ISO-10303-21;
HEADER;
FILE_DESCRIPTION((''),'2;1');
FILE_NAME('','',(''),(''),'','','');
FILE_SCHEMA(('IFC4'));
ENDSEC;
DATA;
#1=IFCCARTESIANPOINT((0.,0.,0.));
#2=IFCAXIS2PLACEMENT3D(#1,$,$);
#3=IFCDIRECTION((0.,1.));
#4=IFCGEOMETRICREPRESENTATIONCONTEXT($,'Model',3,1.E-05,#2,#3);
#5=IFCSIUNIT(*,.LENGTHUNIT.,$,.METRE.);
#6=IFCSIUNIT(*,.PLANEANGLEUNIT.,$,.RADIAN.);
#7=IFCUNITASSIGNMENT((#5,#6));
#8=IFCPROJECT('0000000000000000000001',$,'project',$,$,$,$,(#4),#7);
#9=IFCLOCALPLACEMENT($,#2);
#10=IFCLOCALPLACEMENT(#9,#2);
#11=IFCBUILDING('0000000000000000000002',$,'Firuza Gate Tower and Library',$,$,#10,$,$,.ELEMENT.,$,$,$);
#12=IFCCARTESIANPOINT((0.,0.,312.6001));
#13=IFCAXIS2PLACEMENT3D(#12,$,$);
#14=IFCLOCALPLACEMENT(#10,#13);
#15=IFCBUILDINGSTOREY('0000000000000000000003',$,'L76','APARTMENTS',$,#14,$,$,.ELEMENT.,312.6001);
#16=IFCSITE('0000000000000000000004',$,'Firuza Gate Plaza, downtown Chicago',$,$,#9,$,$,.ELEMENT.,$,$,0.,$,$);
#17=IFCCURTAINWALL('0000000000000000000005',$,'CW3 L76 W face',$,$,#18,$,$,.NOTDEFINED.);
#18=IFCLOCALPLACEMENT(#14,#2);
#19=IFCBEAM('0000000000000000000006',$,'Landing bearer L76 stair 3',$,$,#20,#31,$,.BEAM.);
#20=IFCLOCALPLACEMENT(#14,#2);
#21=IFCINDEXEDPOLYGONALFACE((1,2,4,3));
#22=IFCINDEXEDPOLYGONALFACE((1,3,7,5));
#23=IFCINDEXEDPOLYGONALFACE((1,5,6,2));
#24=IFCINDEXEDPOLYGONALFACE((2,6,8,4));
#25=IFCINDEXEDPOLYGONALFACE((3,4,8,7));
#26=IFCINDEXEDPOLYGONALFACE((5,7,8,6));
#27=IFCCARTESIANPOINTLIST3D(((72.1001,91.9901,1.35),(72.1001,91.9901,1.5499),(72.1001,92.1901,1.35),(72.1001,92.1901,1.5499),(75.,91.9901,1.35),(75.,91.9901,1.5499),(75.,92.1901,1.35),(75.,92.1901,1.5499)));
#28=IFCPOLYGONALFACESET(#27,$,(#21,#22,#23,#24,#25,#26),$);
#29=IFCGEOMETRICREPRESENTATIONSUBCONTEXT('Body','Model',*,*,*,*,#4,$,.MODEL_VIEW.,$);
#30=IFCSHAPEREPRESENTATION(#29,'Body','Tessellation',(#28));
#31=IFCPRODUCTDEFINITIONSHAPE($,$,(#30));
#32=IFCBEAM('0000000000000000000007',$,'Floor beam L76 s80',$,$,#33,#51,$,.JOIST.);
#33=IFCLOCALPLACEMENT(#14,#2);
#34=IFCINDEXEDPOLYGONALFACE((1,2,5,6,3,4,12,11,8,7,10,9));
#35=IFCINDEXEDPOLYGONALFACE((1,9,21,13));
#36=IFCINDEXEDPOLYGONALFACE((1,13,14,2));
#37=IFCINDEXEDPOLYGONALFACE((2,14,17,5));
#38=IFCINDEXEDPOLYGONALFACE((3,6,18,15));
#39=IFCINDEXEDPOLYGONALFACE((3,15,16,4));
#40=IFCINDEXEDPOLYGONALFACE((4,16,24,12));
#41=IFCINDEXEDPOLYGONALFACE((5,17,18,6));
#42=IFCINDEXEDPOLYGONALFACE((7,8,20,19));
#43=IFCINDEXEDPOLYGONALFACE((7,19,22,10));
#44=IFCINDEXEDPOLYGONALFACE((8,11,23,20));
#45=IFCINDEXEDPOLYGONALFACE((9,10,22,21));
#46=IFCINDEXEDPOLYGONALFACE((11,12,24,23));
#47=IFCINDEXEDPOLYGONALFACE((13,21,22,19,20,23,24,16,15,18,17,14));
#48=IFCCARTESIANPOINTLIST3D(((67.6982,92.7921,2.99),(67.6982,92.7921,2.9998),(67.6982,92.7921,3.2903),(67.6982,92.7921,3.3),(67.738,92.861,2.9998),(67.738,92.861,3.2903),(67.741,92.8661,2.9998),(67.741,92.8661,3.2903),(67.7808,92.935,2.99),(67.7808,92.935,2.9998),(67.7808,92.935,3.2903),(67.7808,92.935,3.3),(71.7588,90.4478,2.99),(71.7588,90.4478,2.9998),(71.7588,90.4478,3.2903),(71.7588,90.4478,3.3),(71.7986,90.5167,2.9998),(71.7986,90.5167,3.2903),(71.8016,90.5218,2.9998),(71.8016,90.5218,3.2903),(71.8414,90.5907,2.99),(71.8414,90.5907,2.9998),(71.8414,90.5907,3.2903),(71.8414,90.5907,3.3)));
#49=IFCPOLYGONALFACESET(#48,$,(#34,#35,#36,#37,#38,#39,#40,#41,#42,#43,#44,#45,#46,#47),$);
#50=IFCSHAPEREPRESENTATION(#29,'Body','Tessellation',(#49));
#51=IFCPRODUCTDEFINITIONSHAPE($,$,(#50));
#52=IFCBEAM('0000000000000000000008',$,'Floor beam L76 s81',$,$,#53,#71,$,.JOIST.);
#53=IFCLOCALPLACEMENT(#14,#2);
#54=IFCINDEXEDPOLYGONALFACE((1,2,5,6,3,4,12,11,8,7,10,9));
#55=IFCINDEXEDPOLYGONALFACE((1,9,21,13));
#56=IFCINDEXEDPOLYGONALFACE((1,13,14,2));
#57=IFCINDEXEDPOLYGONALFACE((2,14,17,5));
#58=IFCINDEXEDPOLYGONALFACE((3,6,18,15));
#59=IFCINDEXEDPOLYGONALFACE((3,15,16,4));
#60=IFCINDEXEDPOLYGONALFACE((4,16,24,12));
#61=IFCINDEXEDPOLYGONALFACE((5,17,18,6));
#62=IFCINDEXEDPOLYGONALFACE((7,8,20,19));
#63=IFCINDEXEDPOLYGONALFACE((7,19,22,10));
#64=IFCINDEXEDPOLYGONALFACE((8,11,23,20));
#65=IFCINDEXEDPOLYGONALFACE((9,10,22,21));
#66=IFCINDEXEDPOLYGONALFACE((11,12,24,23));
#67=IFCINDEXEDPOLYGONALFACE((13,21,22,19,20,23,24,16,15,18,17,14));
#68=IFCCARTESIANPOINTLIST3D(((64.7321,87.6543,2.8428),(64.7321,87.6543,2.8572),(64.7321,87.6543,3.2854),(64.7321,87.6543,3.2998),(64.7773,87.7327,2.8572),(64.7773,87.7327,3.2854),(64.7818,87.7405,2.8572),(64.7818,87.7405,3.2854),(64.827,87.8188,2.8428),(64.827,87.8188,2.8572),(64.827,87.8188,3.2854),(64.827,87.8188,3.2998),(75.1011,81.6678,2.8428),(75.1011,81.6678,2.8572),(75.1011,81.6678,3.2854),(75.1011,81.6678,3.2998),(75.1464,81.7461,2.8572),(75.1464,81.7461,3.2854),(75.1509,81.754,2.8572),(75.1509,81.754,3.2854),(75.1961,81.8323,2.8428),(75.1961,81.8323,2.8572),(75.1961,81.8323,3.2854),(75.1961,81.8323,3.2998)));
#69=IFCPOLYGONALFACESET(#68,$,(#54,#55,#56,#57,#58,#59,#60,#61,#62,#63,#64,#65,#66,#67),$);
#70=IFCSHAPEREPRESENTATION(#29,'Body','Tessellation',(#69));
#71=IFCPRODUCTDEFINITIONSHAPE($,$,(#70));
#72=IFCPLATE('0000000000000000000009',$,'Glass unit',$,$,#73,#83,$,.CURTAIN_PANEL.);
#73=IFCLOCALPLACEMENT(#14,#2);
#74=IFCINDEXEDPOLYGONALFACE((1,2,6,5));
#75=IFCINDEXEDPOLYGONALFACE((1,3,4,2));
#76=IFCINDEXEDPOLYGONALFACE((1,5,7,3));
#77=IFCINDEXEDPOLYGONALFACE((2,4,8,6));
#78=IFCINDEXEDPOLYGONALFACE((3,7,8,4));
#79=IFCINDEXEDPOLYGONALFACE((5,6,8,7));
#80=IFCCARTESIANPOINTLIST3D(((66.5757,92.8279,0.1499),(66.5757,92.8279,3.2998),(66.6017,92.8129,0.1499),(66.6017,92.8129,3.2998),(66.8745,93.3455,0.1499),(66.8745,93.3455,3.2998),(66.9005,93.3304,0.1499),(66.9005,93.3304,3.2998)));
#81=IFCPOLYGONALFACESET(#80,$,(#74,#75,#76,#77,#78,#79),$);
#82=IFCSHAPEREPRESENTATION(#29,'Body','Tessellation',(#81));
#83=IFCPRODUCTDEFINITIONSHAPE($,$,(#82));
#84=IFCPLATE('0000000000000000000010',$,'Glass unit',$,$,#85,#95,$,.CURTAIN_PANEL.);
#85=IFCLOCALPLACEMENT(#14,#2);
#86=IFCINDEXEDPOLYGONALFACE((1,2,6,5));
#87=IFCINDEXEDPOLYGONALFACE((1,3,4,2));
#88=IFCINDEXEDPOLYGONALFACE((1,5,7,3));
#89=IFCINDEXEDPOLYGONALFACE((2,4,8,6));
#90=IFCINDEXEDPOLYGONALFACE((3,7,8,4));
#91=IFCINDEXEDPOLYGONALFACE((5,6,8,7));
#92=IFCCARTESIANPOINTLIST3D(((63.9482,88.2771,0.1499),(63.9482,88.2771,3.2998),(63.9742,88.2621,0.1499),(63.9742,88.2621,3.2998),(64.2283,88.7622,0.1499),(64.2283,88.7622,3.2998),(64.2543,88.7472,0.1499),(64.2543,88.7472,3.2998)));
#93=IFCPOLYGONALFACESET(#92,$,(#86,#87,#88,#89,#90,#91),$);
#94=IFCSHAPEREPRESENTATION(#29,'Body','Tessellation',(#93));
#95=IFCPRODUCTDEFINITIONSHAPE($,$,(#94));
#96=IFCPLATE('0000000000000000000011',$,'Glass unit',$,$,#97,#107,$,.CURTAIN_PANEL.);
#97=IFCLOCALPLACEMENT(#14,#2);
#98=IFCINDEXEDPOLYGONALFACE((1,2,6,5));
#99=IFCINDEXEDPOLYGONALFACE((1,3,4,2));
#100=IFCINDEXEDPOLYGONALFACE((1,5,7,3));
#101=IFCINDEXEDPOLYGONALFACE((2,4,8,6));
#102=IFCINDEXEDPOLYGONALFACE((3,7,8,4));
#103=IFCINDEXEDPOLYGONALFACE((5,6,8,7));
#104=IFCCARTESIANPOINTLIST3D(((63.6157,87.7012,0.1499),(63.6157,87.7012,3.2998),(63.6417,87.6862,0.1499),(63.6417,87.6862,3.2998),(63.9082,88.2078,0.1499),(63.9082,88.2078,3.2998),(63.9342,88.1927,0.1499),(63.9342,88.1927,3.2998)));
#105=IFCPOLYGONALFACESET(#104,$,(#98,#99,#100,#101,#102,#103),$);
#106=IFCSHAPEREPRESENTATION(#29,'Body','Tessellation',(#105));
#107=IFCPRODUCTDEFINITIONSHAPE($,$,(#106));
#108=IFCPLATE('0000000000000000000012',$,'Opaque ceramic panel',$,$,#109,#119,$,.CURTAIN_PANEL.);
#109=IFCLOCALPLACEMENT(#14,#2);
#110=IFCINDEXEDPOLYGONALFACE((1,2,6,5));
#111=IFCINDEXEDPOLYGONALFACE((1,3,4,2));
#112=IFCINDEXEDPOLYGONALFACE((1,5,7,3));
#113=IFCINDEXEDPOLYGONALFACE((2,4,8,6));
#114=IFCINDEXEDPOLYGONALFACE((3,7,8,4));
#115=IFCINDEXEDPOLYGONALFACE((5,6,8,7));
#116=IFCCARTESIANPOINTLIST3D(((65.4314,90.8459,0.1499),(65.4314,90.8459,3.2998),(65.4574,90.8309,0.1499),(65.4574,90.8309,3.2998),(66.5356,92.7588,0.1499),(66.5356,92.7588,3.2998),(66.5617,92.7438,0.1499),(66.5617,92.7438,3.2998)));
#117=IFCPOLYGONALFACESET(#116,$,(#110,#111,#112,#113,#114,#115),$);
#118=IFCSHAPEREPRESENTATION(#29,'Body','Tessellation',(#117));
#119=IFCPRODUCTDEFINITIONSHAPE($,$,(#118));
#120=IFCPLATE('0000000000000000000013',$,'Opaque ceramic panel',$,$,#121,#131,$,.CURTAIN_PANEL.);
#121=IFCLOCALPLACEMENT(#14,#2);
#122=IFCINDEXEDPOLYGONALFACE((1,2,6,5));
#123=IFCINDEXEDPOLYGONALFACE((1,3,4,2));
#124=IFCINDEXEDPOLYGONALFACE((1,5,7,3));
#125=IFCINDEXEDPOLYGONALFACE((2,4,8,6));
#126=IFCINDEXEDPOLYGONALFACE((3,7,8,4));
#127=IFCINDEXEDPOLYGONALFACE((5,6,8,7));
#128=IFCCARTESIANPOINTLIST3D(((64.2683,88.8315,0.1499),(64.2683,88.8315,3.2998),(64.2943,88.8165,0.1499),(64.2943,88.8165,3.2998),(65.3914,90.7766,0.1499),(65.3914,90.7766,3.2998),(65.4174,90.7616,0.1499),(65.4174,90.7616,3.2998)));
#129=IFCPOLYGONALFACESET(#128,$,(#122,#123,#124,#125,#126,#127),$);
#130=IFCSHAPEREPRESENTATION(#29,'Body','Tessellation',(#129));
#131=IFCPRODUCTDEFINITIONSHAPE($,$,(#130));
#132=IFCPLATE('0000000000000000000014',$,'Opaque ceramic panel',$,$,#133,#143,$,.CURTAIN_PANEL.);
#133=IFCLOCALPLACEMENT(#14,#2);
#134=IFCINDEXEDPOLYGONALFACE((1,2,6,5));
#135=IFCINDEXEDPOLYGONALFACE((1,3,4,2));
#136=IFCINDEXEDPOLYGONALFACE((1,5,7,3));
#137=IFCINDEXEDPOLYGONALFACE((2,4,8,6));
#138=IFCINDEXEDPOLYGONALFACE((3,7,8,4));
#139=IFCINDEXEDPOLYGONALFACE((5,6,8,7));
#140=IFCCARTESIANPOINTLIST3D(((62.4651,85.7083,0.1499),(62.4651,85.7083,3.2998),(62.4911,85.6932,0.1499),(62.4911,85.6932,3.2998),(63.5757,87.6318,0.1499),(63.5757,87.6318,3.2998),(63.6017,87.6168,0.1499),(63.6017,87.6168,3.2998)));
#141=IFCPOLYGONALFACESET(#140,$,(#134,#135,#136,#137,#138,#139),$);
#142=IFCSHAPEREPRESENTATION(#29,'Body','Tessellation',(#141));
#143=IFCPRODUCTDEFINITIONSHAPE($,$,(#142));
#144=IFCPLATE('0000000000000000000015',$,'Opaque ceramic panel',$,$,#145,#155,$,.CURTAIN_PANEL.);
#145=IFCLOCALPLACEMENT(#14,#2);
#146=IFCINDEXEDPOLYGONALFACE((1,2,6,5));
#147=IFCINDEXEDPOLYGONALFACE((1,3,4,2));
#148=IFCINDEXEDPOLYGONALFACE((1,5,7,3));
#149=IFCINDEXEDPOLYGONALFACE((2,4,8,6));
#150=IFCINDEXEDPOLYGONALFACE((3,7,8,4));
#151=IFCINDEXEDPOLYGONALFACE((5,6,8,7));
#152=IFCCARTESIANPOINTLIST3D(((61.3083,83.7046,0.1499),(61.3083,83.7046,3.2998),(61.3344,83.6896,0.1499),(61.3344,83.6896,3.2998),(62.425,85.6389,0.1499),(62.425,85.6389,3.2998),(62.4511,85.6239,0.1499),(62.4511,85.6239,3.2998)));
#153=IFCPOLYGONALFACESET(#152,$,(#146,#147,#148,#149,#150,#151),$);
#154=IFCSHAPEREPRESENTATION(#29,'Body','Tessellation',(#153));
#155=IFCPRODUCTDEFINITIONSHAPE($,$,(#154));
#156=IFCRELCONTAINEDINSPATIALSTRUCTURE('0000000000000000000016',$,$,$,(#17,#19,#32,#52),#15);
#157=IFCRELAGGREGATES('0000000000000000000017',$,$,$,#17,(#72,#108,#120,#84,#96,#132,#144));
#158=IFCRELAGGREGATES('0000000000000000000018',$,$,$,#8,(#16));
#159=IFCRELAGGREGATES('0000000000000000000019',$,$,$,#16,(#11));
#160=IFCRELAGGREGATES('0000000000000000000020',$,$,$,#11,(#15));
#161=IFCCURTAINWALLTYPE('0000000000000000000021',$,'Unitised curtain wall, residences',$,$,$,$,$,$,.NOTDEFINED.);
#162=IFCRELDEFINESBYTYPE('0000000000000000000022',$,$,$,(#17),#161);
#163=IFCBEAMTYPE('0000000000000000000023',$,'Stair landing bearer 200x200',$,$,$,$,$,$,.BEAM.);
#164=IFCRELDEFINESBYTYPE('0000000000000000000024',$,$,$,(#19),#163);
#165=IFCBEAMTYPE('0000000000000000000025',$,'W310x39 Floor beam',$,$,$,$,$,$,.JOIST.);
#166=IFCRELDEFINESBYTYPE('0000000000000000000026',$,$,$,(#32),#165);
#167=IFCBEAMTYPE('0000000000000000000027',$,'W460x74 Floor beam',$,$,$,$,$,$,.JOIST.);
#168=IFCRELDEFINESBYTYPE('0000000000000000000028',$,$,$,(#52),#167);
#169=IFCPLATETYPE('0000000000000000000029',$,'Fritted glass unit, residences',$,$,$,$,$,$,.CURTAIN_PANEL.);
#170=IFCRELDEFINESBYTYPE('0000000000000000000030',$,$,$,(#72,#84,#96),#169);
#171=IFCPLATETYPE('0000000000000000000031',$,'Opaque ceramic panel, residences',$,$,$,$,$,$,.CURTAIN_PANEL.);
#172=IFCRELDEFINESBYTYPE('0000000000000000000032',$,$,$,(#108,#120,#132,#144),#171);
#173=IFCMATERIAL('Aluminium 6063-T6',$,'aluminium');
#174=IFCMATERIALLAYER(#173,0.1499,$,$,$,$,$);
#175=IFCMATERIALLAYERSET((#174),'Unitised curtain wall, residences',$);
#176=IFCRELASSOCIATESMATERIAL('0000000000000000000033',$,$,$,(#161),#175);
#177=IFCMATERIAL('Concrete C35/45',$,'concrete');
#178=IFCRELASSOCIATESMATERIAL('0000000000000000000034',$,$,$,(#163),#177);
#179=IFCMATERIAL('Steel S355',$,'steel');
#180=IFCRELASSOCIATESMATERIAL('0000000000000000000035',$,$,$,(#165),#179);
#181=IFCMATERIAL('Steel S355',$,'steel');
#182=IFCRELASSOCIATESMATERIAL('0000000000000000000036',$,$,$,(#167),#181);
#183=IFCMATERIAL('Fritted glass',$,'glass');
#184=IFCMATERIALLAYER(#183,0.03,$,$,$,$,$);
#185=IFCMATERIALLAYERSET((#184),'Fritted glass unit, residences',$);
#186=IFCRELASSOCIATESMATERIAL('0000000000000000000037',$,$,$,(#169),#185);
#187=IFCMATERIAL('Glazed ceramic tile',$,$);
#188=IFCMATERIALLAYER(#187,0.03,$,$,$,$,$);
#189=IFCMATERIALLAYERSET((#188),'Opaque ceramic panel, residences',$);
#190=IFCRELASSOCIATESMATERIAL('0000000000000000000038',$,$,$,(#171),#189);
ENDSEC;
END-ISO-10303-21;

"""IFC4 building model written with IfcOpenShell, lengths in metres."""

from ifc_helpers import new_model, si_unit, direction, frame, origin, origin_2d, place, context, subcontext, project, spatial, polyline, rectangle, i_section, outline, extrude, material, layer, layer_set, material_profile, profile_set, type_object, element, aggregate, save


model = new_model("IFC4")

# Units and contexts
model_context = context("Model", 3, precision=1e-05, world=origin(), true_north=direction((0.0, 1.0)))
body_context = subcontext(model_context, "Body", "Model", "MODEL_VIEW")
ifc_project = project(units=[si_unit("LENGTHUNIT", "METRE"), si_unit("PLANEANGLEUNIT", "RADIAN")], contexts=[model_context])

# Site, building, storey
site_placement = place(None, origin())
site = spatial("IfcSite", under=ifc_project, at=site_placement, Name="Firuza Gate Plaza, downtown Chicago", CompositionType="ELEMENT", RefElevation=0.0)
building_placement = place(site_placement, origin())
building = spatial("IfcBuilding", under=site, at=building_placement, Name="Firuza Gate Tower and Library", CompositionType="ELEMENT")
storey_placement = place(building_placement, frame((0.0, 0.0, 312.6001)))
storey = spatial("IfcBuildingStorey", under=building, at=storey_placement, Name="L76", Description="APARTMENTS", CompositionType="ELEMENT", Elevation=312.6001)

# Curtain wall
ifc_material_1 = material(Name="Aluminium 6063-T6", Category="aluminium")
ifc_layer_1 = layer(ifc_material_1, 0.1499)
ifc_layer_set_1 = layer_set([ifc_layer_1], Name="Unitised curtain wall, residences")
curtain_wall_type = type_object("IfcCurtainWallType", Name="Unitised curtain wall, residences", PredefinedType="NOTDEFINED", material=ifc_layer_set_1)
placement = place(storey_placement, origin())
curtain_wall = element("IfcCurtainWall", 1, at=placement, inside=storey, type_object=curtain_wall_type, Name="CW3 L76 W face", PredefinedType="NOTDEFINED")

# Beams
ifc_material_2 = material(Name="Concrete C35/45", Category="concrete")
ifc_material_profile_1 = material_profile(ifc_material_2, rectangle(XDim=0.2, YDim=0.2, at=origin_2d()))
ifc_profile_set_1 = profile_set([ifc_material_profile_1], Name="Concrete C35/45")
beam_type_1 = type_object("IfcBeamType", Name="Stair landing bearer 200x200", PredefinedType="BEAM", material=ifc_profile_set_1)
beam_1_placement = place(storey_placement, frame((75.0, 92.0901, 1.45), z_axis=(-1.0, 0.0, 0.0), x_axis=(0.0, -1.0, 0.0)))
element("IfcBeam", 2, at=beam_1_placement, inside=storey, type_object=beam_type_1, Name="Landing bearer L76 stair 3", PredefinedType="BEAM", context=body_context, shape_type="SweptSolid", body=[
    extrude(rectangle(XDim=0.2, YDim=0.2, at=origin_2d()), origin(), (0.0, 0.0, 1.0), 2.8999),
])
ifc_material_3 = material(Name="Steel S355", Category="steel")
ifc_material_profile_2 = material_profile(ifc_material_3, i_section(OverallWidth=0.165, OverallDepth=0.3101, WebThickness=0.0059, FlangeThickness=0.0098, at=origin_2d()))
ifc_profile_set_2 = profile_set([ifc_material_profile_2], Name="Steel S355")
beam_type_2 = type_object("IfcBeamType", Name="W310x39 Floor beam", PredefinedType="JOIST", material=ifc_profile_set_2)
beam_2_placement = place(storey_placement, frame((67.7395, 92.8635, 3.145), z_axis=(0.866036, -0.499981, 0.0), x_axis=(0.499981, 0.866036, 0.0)))
element("IfcBeam", 3, at=beam_2_placement, inside=storey, type_object=beam_type_2, Name="Floor beam L76 s80", PredefinedType="JOIST", context=body_context, shape_type="SweptSolid", body=[
    extrude(i_section(OverallWidth=0.165, OverallDepth=0.3101, WebThickness=0.0059, FlangeThickness=0.0098, at=origin_2d()), origin(), (0.0, 0.0, 1.0), 4.6887),
])
ifc_material_4 = material(Name="Steel S355", Category="steel")
ifc_material_profile_3 = material_profile(ifc_material_4, i_section(OverallWidth=0.1899, OverallDepth=0.457, WebThickness=0.009, FlangeThickness=0.0144, at=origin_2d()))
ifc_profile_set_3 = profile_set([ifc_material_profile_3], Name="Steel S355")
beam_type_3 = type_object("IfcBeamType", Name="W460x74 Floor beam", PredefinedType="JOIST", material=ifc_profile_set_3)
beam_3_placement = place(storey_placement, frame((64.7795, 87.7366, 3.0713), z_axis=(0.866027, -0.499997, 0.0), x_axis=(0.499997, 0.866027, 0.0)))
element("IfcBeam", 4, at=beam_3_placement, inside=storey, type_object=beam_type_3, Name="Floor beam L76 s81", PredefinedType="JOIST", context=body_context, shape_type="SweptSolid", body=[
    extrude(i_section(OverallWidth=0.1899, OverallDepth=0.457, WebThickness=0.009, FlangeThickness=0.0144, at=origin_2d()), origin(), (0.0, 0.0, 1.0), 11.9731),
])

# Plates
ifc_material_5 = material(Name="Fritted glass", Category="glass")
ifc_layer_2 = layer(ifc_material_5, 0.03)
ifc_layer_set_2 = layer_set([ifc_layer_2], Name="Fritted glass unit, residences")
plate_type_1 = type_object("IfcPlateType", Name="Fritted glass unit, residences", PredefinedType="CURTAIN_PANEL", material=ifc_layer_set_2)
plate_1_placement = place(storey_placement, frame((66.8745, 93.3455, 0.1499), z_axis=(-0.866022, 0.500005, 0.0), x_axis=(-0.500005, -0.866022, 0.0)))
plate_1 = element("IfcPlate", 5, at=plate_1_placement, type_object=plate_type_1, Name="Glass unit", PredefinedType="CURTAIN_PANEL", context=body_context, shape_type="SweptSolid", body=[
    extrude(outline(polyline([(0.0, 0.0), (0.5976, 0.0), (0.5976, 3.1499), (0.0, 3.1499), (0.0, 0.0)])), origin(), (0.0, 0.0, -1.0), 0.03),
])
plate_2_placement = place(storey_placement, frame((64.2283, 88.7622, 0.1499), z_axis=(-0.866062, 0.499936, 0.0), x_axis=(-0.499936, -0.866062, 0.0)))
plate_2 = element("IfcPlate", 6, at=plate_2_placement, type_object=plate_type_1, Name="Glass unit", PredefinedType="CURTAIN_PANEL", context=body_context, shape_type="SweptSolid", body=[
    extrude(outline(polyline([(0.0, 0.0), (0.5601, 0.0), (0.5601, 3.1499), (0.0, 3.1499), (0.0, 0.0)])), origin(), (0.0, 0.0, -1.0), 0.03),
])
plate_3_placement = place(storey_placement, frame((63.9082, 88.2078, 0.1499), z_axis=(-0.866026, 0.499999, 0.0), x_axis=(-0.499999, -0.866026, 0.0)))
plate_3 = element("IfcPlate", 7, at=plate_3_placement, type_object=plate_type_1, Name="Glass unit", PredefinedType="CURTAIN_PANEL", context=body_context, shape_type="SweptSolid", body=[
    extrude(outline(polyline([(0.0, 0.0), (0.585, 0.0), (0.585, 3.1499), (0.0, 3.1499), (0.0, 0.0)])), origin(), (0.0, 0.0, -1.0), 0.03),
])
ifc_material_6 = material(Name="Glazed ceramic tile")
ifc_layer_3 = layer(ifc_material_6, 0.03)
ifc_layer_set_3 = layer_set([ifc_layer_3], Name="Opaque ceramic panel, residences")
plate_type_2 = type_object("IfcPlateType", Name="Opaque ceramic panel, residences", PredefinedType="CURTAIN_PANEL", material=ifc_layer_set_3)
plate_4_placement = place(storey_placement, frame((66.5356, 92.7588, 0.1499), z_axis=(-0.866051, 0.499955, 0.0), x_axis=(-0.499955, -0.866051, 0.0)))
plate_4 = element("IfcPlate", 8, at=plate_4_placement, type_object=plate_type_2, Name="Opaque ceramic panel", PredefinedType="CURTAIN_PANEL", context=body_context, shape_type="SweptSolid", body=[
    extrude(outline(polyline([(0.0, 0.0), (2.2087, 0.0), (2.2087, 3.1499), (0.0, 3.1499), (0.0, 0.0)])), origin(), (0.0, 0.0, -1.0), 0.03),
])
plate_5_placement = place(storey_placement, frame((65.3914, 90.7766, 0.1499), z_axis=(-0.866014, 0.50002, 0.0), x_axis=(-0.50002, -0.866014, 0.0)))
plate_5 = element("IfcPlate", 9, at=plate_5_placement, type_object=plate_type_2, Name="Opaque ceramic panel", PredefinedType="CURTAIN_PANEL", context=body_context, shape_type="SweptSolid", body=[
    extrude(outline(polyline([(0.0, 0.0), (2.246, 0.0), (2.246, 3.1499), (0.0, 3.1499), (0.0, 0.0)])), origin(), (0.0, 0.0, -1.0), 0.03),
])
plate_6_placement = place(storey_placement, frame((63.5757, 87.6318, 0.1499), z_axis=(-0.866023, 0.500005, 0.0), x_axis=(-0.500005, -0.866023, 0.0)))
plate_6 = element("IfcPlate", 10, at=plate_6_placement, type_object=plate_type_2, Name="Opaque ceramic panel", PredefinedType="CURTAIN_PANEL", context=body_context, shape_type="SweptSolid", body=[
    extrude(outline(polyline([(0.0, 0.0), (2.2212, 0.0), (2.2212, 3.1499), (0.0, 3.1499), (0.0, 0.0)])), origin(), (0.0, 0.0, -1.0), 0.03),
])
plate_7_placement = place(storey_placement, frame((62.425, 85.6389, 0.1499), z_axis=(-0.866042, 0.499972, 0.0), x_axis=(-0.499972, -0.866042, 0.0)))
plate_7 = element("IfcPlate", 11, at=plate_7_placement, type_object=plate_type_2, Name="Opaque ceramic panel", PredefinedType="CURTAIN_PANEL", context=body_context, shape_type="SweptSolid", body=[
    extrude(outline(polyline([(0.0, 0.0), (2.2335, 0.0), (2.2335, 3.1499), (0.0, 3.1499), (0.0, 0.0)])), origin(), (0.0, 0.0, -1.0), 0.03),
])
aggregate(curtain_wall, [plate_1, plate_4, plate_5, plate_2, plate_3, plate_6, plate_7])

save(model, "model.ifc")
